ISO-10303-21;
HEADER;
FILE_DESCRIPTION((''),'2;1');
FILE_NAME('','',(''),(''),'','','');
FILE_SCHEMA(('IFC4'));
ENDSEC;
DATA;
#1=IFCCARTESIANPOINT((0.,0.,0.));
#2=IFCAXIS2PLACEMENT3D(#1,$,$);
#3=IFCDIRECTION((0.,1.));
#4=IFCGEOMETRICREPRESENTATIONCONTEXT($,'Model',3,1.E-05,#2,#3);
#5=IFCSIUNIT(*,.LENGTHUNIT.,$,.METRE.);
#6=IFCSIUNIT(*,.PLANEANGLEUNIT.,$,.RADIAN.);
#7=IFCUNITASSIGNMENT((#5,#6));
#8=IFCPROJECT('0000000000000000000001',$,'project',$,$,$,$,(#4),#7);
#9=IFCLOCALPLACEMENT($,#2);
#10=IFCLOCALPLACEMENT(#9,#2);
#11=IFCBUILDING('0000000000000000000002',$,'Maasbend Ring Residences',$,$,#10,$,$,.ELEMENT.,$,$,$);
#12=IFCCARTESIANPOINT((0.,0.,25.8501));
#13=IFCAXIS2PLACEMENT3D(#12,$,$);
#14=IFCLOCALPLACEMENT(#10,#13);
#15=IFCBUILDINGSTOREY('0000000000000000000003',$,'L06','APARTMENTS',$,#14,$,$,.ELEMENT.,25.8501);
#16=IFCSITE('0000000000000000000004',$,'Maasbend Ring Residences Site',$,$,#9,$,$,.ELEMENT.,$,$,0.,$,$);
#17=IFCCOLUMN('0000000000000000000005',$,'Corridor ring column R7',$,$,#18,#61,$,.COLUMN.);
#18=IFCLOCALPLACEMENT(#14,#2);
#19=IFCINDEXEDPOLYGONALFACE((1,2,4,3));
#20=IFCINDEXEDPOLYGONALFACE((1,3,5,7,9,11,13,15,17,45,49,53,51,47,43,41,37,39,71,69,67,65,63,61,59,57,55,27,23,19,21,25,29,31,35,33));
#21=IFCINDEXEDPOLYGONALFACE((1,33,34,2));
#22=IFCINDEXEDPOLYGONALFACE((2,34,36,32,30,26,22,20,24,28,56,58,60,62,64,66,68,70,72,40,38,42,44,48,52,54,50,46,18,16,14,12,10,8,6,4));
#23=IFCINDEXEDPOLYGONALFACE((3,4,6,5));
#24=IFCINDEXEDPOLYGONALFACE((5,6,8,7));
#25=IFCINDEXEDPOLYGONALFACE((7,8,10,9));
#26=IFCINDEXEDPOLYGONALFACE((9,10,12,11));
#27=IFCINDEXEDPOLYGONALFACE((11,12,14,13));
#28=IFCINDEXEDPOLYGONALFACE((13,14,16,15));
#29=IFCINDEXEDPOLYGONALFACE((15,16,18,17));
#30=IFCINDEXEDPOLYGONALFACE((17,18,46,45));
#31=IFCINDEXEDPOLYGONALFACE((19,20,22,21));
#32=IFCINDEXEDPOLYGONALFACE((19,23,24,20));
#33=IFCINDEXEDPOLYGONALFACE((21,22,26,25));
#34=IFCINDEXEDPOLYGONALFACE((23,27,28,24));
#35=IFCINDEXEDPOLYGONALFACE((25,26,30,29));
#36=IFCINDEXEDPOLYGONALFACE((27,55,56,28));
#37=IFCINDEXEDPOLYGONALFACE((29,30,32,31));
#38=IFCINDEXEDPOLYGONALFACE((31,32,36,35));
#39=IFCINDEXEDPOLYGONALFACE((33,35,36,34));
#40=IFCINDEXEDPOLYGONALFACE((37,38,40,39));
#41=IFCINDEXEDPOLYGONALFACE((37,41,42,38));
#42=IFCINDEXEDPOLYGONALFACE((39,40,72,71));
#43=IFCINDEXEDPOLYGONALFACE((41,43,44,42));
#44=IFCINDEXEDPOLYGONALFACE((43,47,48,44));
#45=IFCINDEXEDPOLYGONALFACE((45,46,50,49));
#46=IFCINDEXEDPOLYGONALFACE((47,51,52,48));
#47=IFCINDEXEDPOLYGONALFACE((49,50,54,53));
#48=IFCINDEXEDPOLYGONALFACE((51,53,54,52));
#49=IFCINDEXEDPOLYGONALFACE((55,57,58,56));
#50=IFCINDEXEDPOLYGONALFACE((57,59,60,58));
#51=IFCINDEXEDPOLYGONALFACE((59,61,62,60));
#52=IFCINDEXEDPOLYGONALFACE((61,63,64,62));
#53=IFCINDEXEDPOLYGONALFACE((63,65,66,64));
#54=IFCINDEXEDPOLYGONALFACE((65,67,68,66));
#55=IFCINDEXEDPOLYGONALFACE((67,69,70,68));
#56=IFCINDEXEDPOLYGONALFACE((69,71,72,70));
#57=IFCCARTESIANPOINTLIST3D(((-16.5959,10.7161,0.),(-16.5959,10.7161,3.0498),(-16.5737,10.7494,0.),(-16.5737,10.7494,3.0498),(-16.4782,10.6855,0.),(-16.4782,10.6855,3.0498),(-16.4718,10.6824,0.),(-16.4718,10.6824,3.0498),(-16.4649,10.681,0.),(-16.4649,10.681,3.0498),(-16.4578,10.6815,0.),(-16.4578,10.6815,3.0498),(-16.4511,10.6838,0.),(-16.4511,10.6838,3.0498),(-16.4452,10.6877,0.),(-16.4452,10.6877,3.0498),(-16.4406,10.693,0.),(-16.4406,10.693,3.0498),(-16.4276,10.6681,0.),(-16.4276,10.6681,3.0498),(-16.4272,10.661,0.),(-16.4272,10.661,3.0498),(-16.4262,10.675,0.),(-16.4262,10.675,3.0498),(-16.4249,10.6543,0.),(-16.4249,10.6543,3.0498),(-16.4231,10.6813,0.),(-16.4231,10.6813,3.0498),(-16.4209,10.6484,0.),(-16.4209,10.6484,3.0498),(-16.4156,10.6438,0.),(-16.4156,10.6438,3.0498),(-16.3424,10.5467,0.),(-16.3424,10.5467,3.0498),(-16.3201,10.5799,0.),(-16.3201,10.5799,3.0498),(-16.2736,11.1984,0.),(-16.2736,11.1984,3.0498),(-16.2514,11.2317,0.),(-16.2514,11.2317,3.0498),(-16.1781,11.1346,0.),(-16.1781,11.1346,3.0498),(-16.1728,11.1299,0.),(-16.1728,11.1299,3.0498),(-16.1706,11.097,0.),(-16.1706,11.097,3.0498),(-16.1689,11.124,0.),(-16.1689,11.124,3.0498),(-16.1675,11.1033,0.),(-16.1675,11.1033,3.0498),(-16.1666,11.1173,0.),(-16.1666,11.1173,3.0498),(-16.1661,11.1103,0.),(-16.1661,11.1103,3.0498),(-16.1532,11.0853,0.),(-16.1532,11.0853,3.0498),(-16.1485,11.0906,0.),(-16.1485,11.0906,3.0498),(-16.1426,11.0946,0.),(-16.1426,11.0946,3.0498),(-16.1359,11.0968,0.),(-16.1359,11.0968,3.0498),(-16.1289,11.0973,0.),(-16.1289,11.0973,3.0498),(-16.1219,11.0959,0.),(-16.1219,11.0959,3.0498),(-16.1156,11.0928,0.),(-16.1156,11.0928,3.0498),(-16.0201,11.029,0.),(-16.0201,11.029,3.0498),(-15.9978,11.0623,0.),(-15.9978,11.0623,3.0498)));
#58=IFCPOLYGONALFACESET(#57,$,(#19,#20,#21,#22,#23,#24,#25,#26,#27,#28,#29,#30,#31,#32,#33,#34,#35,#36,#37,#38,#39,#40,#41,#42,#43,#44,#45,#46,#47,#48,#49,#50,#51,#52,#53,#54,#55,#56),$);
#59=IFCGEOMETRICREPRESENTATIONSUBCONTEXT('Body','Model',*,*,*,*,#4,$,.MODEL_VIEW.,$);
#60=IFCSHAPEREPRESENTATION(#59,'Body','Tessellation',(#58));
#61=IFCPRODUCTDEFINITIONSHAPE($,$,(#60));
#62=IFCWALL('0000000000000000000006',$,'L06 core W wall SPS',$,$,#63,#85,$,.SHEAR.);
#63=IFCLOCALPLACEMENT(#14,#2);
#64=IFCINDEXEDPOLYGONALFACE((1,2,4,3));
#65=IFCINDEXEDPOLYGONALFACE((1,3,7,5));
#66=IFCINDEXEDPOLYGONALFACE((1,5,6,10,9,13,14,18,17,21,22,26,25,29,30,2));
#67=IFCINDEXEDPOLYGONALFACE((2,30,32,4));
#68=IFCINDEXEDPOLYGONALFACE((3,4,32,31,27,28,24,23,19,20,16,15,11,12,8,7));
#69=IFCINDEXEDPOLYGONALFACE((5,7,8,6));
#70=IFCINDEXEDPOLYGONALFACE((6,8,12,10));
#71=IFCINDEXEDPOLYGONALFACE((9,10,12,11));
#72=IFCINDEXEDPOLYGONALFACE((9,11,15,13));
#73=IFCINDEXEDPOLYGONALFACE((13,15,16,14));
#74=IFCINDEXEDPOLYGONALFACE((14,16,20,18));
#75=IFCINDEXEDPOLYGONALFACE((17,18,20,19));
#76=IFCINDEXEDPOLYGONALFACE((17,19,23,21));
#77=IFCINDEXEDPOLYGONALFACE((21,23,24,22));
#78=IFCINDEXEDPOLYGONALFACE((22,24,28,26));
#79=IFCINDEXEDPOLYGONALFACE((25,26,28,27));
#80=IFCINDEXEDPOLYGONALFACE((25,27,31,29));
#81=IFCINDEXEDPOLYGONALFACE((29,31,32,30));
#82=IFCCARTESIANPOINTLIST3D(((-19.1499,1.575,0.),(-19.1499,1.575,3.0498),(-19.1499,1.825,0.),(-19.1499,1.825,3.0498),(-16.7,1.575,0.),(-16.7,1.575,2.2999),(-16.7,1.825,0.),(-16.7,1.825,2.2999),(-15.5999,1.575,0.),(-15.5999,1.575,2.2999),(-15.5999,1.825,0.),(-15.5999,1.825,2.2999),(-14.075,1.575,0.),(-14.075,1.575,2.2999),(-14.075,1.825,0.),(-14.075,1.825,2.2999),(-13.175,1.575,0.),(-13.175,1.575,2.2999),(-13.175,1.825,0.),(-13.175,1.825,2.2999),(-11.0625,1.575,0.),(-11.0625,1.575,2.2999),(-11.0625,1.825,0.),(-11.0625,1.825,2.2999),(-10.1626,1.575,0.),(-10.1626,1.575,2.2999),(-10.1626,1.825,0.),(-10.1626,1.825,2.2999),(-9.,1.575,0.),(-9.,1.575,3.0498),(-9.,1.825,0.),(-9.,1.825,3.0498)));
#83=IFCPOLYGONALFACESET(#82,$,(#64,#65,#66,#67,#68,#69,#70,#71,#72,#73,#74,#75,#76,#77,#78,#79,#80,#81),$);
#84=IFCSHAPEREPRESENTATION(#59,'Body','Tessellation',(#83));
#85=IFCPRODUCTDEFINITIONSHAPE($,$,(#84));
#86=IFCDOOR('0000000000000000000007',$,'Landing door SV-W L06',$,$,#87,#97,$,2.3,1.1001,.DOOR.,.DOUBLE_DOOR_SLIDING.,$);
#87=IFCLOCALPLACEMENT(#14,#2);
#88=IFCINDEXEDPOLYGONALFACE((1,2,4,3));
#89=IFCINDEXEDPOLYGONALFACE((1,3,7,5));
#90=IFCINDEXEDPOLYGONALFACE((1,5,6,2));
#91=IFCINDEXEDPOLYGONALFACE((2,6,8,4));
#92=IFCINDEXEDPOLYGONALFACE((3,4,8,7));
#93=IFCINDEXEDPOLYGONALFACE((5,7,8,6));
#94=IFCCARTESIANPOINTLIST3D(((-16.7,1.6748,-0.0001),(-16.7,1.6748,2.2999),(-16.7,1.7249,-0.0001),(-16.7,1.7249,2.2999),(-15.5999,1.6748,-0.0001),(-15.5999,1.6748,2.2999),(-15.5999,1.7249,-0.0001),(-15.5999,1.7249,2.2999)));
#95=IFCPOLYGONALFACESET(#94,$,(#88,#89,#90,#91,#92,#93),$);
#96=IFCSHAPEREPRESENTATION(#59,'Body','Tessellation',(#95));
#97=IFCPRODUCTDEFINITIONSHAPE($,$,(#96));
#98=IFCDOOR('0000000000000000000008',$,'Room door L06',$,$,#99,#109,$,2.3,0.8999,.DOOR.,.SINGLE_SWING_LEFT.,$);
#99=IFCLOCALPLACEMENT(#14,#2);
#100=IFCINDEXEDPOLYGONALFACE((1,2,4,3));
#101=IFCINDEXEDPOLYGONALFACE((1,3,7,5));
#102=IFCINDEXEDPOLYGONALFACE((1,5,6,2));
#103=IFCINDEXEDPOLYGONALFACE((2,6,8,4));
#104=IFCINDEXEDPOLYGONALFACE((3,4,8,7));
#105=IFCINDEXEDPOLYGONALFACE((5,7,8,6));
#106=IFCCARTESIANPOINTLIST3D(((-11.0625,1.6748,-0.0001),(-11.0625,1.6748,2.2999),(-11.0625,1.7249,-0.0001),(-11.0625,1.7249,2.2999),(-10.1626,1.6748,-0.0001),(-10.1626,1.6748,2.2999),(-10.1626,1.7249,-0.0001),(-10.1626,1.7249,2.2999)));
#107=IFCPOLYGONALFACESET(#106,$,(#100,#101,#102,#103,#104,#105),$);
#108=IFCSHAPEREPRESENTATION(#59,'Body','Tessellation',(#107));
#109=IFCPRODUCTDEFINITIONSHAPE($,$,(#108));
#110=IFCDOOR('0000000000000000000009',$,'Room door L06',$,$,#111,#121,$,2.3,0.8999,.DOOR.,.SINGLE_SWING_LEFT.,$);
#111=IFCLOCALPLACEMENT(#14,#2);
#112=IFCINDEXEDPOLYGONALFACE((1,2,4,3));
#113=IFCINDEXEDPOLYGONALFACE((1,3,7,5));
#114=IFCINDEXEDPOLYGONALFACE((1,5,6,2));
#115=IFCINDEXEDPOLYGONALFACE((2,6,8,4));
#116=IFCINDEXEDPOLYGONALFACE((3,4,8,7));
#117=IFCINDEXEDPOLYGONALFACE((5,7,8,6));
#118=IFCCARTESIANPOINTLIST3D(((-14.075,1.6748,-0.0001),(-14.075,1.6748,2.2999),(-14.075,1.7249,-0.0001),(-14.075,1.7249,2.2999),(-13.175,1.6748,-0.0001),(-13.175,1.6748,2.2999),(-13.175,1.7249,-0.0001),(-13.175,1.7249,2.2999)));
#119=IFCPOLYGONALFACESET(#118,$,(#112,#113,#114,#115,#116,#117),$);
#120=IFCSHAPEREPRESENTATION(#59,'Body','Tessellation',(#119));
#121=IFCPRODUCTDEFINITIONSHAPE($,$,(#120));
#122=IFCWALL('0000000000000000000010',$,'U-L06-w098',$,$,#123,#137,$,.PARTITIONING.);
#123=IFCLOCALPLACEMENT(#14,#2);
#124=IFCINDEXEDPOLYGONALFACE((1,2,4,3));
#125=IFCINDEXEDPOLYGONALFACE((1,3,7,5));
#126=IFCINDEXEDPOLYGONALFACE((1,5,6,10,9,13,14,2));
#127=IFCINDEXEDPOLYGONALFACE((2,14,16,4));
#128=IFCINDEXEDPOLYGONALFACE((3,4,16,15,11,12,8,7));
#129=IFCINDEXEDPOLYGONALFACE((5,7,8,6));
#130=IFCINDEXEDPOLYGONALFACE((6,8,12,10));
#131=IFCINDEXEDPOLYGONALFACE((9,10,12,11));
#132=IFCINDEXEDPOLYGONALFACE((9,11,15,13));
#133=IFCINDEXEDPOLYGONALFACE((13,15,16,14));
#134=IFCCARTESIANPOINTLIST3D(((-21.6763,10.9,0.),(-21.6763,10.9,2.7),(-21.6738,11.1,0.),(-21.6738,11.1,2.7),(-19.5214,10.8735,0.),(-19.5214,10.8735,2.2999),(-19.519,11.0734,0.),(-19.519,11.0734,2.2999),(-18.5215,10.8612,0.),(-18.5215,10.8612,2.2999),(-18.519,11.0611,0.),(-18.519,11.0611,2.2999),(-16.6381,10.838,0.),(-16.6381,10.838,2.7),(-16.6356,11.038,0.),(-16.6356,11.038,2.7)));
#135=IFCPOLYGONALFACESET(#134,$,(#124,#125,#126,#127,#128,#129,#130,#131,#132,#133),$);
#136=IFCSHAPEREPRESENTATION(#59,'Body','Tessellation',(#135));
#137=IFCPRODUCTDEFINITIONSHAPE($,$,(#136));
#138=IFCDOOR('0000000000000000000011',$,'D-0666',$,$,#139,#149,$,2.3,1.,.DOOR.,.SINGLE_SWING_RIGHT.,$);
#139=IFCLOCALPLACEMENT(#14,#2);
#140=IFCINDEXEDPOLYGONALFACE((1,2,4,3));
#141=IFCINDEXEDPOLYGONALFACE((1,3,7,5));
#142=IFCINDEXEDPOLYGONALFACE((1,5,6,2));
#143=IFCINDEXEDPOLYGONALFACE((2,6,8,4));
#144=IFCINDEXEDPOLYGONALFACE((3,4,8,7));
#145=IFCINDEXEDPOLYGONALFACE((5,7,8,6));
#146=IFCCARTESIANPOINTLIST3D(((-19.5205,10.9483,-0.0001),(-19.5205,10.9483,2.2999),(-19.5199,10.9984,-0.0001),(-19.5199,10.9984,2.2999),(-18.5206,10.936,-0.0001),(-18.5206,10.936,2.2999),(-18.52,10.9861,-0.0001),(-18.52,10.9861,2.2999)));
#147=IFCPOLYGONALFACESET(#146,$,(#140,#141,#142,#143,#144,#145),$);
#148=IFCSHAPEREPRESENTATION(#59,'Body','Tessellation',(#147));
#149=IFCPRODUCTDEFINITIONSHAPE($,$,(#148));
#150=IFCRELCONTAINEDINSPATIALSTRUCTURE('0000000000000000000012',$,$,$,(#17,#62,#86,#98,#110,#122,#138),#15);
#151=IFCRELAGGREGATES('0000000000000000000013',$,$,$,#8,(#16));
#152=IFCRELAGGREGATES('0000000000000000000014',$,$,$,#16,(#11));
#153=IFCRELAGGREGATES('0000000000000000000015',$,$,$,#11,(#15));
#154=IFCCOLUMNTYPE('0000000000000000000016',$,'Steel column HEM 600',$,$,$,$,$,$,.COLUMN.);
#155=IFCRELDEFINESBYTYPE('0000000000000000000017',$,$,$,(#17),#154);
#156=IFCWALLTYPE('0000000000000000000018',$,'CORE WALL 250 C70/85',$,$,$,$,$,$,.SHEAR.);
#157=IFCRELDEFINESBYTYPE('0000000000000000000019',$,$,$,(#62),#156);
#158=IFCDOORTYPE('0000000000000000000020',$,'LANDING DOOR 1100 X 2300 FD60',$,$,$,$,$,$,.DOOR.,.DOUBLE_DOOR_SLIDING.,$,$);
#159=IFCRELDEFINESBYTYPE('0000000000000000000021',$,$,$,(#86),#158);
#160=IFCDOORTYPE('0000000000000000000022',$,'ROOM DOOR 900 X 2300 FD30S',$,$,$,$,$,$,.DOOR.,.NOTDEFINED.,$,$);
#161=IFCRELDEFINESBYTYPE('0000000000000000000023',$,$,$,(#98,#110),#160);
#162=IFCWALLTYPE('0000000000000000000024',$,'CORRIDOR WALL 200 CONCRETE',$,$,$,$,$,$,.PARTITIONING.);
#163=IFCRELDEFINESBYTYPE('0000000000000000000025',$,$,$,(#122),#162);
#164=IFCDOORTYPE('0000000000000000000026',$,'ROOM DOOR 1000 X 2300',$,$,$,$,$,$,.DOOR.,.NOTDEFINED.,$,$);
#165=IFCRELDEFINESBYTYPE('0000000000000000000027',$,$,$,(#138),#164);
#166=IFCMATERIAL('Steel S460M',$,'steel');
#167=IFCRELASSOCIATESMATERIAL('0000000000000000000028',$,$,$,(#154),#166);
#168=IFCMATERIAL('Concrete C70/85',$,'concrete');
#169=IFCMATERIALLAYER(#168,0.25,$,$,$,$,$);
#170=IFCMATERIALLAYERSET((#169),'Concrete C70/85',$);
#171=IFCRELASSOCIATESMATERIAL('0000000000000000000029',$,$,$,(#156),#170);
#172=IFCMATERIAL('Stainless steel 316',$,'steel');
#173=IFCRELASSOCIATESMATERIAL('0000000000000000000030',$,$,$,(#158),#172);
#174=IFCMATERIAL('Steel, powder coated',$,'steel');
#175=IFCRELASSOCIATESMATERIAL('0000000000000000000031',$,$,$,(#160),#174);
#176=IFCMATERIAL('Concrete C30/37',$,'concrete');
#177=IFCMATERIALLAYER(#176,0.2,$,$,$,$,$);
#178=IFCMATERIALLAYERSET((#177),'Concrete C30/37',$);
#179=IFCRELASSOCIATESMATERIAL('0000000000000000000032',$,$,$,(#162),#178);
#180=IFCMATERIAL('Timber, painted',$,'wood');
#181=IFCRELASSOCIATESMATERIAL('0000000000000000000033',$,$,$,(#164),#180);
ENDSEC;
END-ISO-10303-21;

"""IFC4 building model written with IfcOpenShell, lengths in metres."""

from ifc_helpers import new_model, si_unit, direction, frame, frame_2d, origin, origin_2d, place, context, subcontext, project, spatial, rectangle, i_section, extrude, material, layer, layer_set, material_profile, profile_set, type_object, element, fill, save


model = new_model("IFC4")

# Units and contexts
model_context = context("Model", 3, precision=1e-05, world=origin(), true_north=direction((0.0, 1.0)))
body_context = subcontext(model_context, "Body", "Model", "MODEL_VIEW")
ifc_project = project(units=[si_unit("LENGTHUNIT", "METRE"), si_unit("PLANEANGLEUNIT", "RADIAN")], contexts=[model_context])

# Site, building, storey
site_placement = place(None, origin())
site = spatial("IfcSite", under=ifc_project, at=site_placement, Name="Maasbend Ring Residences Site", CompositionType="ELEMENT", RefElevation=0.0)
building_placement = place(site_placement, origin())
building = spatial("IfcBuilding", under=site, at=building_placement, Name="Maasbend Ring Residences", CompositionType="ELEMENT")
storey_placement = place(building_placement, frame((0.0, 0.0, 25.8501)))
storey = spatial("IfcBuildingStorey", under=building, at=storey_placement, Name="L06", Description="APARTMENTS", CompositionType="ELEMENT", Elevation=25.8501)

# Column
ifc_material_1 = material(Name="Steel S460M", Category="steel")
ifc_material_profile = material_profile(ifc_material_1, i_section(OverallWidth=0.3049, OverallDepth=0.6201, WebThickness=0.021, FlangeThickness=0.04, FilletRadius=0.0271, at=origin_2d()), Name="HEM 600")
ifc_profile_set = profile_set([ifc_material_profile], Name="Steel S460M")
column_type = type_object("IfcColumnType", Name="Steel column HEM 600", PredefinedType="COLUMN", material=ifc_profile_set)
column_placement = place(storey_placement, frame((-16.2969, 10.8892, 0.0), z_axis=(0.0, 0.0, 1.0), x_axis=(-0.83147, 0.55557, 0.0)))
element("IfcColumn", 1, at=column_placement, inside=storey, type_object=column_type, Name="Corridor ring column R7", PredefinedType="COLUMN", context=body_context, shape_type="SweptSolid", body=[
    extrude(i_section(OverallWidth=0.3049, OverallDepth=0.6201, WebThickness=0.021, FlangeThickness=0.04, FilletRadius=0.0271, at=origin_2d()), origin(), (0.0, 0.0, 1.0), 3.0498),
])

# Wall, openings, doors
ifc_material_2 = material(Name="Concrete C70/85", Category="concrete")
ifc_layer_1 = layer(ifc_material_2, 0.25)
ifc_layer_set_1 = layer_set([ifc_layer_1], Name="Concrete C70/85")
wall_type_1 = type_object("IfcWallType", Name="CORE WALL 250 C70/85", PredefinedType="SHEAR", material=ifc_layer_set_1)
wall_1_placement = place(storey_placement, frame((-19.1499, 1.7, 0.0), z_axis=(0.0, 0.0, 1.0), x_axis=(1.0, 0.0, 0.0)))
wall_1 = element("IfcWall", 2, at=wall_1_placement, inside=storey, type_object=wall_type_1, Name="L06 core W wall SPS", PredefinedType="SHEAR", context=body_context, shape_type="SweptSolid", body=[
    extrude(rectangle(XDim=10.1499, YDim=0.25, at=frame_2d((5.075, 0.0))), origin(), (0.0, 0.0, 1.0), 3.0498),
])
opening_1_placement = place(wall_1_placement, frame((2.45, 0.0, 0.0)))
opening_1 = element("IfcOpeningElement", 3, at=opening_1_placement, cuts=wall_1, PredefinedType="OPENING", context=body_context, shape_type="SweptSolid", body=[
    extrude(rectangle(XDim=1.1001, YDim=2.3, at=frame_2d((0.55, 1.1499))), frame((0.0, 0.135, 0.0), z_axis=(0.0, -1.0, 0.0), x_axis=(1.0, 0.0, 0.0)), (0.0, 0.0, 1.0), 0.27),
])
opening_2_placement = place(wall_1_placement, frame((8.0874, 0.0, 0.0)))
opening_2 = element("IfcOpeningElement", 4, at=opening_2_placement, cuts=wall_1, PredefinedType="OPENING", context=body_context, shape_type="SweptSolid", body=[
    extrude(rectangle(XDim=0.8999, YDim=2.3, at=frame_2d((0.45, 1.1499))), frame((0.0, 0.135, 0.0), z_axis=(0.0, -1.0, 0.0), x_axis=(1.0, 0.0, 0.0)), (0.0, 0.0, 1.0), 0.27),
])
opening_3_placement = place(wall_1_placement, frame((5.075, 0.0, 0.0)))
opening_3 = element("IfcOpeningElement", 5, at=opening_3_placement, cuts=wall_1, PredefinedType="OPENING", context=body_context, shape_type="SweptSolid", body=[
    extrude(rectangle(XDim=0.8999, YDim=2.3, at=frame_2d((0.45, 1.1499))), frame((0.0, 0.135, 0.0), z_axis=(0.0, -1.0, 0.0), x_axis=(1.0, 0.0, 0.0)), (0.0, 0.0, 1.0), 0.27),
])
ifc_material_3 = material(Name="Stainless steel 316", Category="steel")
door_type_1 = type_object("IfcDoorType", Name="LANDING DOOR 1100 X 2300 FD60", OperationType="DOUBLE_DOOR_SLIDING", PredefinedType="DOOR", material=ifc_material_3)
door_1_placement = place(opening_1_placement, origin())
door_1 = element("IfcDoor", 6, at=door_1_placement, inside=storey, type_object=door_type_1, Name="Landing door SV-W L06", OperationType="DOUBLE_DOOR_SLIDING", OverallHeight=2.3, OverallWidth=1.1001, PredefinedType="DOOR", context=body_context, shape_type="SweptSolid", body=[
    extrude(rectangle(XDim=1.1001, YDim=2.3, at=frame_2d((0.55, 1.1499))), frame((0.0, 0.0249, 0.0), z_axis=(0.0, -1.0, 0.0), x_axis=(1.0, 0.0, 0.0)), (0.0, 0.0, 1.0), 0.05),
])
fill(opening_1, door_1)
ifc_material_4 = material(Name="Steel, powder coated", Category="steel")
door_type_2 = type_object("IfcDoorType", Name="ROOM DOOR 900 X 2300 FD30S", OperationType="NOTDEFINED", PredefinedType="DOOR", material=ifc_material_4)
door_2_placement = place(opening_2_placement, origin())
door_2 = element("IfcDoor", 7, at=door_2_placement, inside=storey, type_object=door_type_2, Name="Room door L06", OperationType="SINGLE_SWING_LEFT", OverallHeight=2.3, OverallWidth=0.8999, PredefinedType="DOOR", context=body_context, shape_type="SweptSolid", body=[
    extrude(rectangle(XDim=0.8999, YDim=2.3, at=frame_2d((0.45, 1.1499))), frame((0.0, 0.0249, 0.0), z_axis=(0.0, -1.0, 0.0), x_axis=(1.0, 0.0, 0.0)), (0.0, 0.0, 1.0), 0.05),
])
fill(opening_2, door_2)
door_3_placement = place(opening_3_placement, origin())
door_3 = element("IfcDoor", 8, at=door_3_placement, inside=storey, type_object=door_type_2, Name="Room door L06", OperationType="SINGLE_SWING_LEFT", OverallHeight=2.3, OverallWidth=0.8999, PredefinedType="DOOR", context=body_context, shape_type="SweptSolid", body=[
    extrude(rectangle(XDim=0.8999, YDim=2.3, at=frame_2d((0.45, 1.1499))), frame((0.0, 0.0249, 0.0), z_axis=(0.0, -1.0, 0.0), x_axis=(1.0, 0.0, 0.0)), (0.0, 0.0, 1.0), 0.05),
])
fill(opening_3, door_3)

# Wall, opening, door
ifc_material_5 = material(Name="Concrete C30/37", Category="concrete")
ifc_layer_2 = layer(ifc_material_5, 0.2)
ifc_layer_set_2 = layer_set([ifc_layer_2], Name="Concrete C30/37")
wall_type_2 = type_object("IfcWallType", Name="CORRIDOR WALL 200 CONCRETE", PredefinedType="PARTITIONING", material=ifc_layer_set_2)
wall_2_placement = place(storey_placement, frame((-21.675, 11.0, 0.0), z_axis=(0.0, 0.0, 1.0), x_axis=(0.999924, -0.012308, 0.0)))
wall_2 = element("IfcWall", 9, at=wall_2_placement, inside=storey, type_object=wall_type_2, Name="U-L06-w098", PredefinedType="PARTITIONING", context=body_context, shape_type="SweptSolid", body=[
    extrude(rectangle(XDim=5.0386, YDim=0.2, at=frame_2d((2.5193, 0.0))), origin(), (0.0, 0.0, 1.0), 2.7),
])
opening_4_placement = place(wall_2_placement, frame((2.155, 0.0, 0.0)))
opening_4 = element("IfcOpeningElement", 10, at=opening_4_placement, cuts=wall_2, PredefinedType="OPENING", context=body_context, shape_type="SweptSolid", body=[
    extrude(rectangle(XDim=1.0, YDim=2.3, at=frame_2d((0.5, 1.1499))), frame((0.0, 0.1099, 0.0), z_axis=(0.0, -1.0, 0.0), x_axis=(1.0, 0.0, 0.0)), (0.0, 0.0, 1.0), 0.22),
])
ifc_material_6 = material(Name="Timber, painted", Category="wood")
door_type_3 = type_object("IfcDoorType", Name="ROOM DOOR 1000 X 2300", OperationType="NOTDEFINED", PredefinedType="DOOR", material=ifc_material_6)
door_4_placement = place(opening_4_placement, origin())
door_4 = element("IfcDoor", 11, at=door_4_placement, inside=storey, type_object=door_type_3, Name="D-0666", OperationType="SINGLE_SWING_RIGHT", OverallHeight=2.3, OverallWidth=1.0, PredefinedType="DOOR", context=body_context, shape_type="SweptSolid", body=[
    extrude(rectangle(XDim=1.0, YDim=2.3, at=frame_2d((0.5, 1.1499))), frame((0.0, 0.0249, 0.0), z_axis=(0.0, -1.0, 0.0), x_axis=(1.0, 0.0, 0.0)), (0.0, 0.0, 1.0), 0.05),
])
fill(opening_4, door_4)

save(model, "model.ifc")
